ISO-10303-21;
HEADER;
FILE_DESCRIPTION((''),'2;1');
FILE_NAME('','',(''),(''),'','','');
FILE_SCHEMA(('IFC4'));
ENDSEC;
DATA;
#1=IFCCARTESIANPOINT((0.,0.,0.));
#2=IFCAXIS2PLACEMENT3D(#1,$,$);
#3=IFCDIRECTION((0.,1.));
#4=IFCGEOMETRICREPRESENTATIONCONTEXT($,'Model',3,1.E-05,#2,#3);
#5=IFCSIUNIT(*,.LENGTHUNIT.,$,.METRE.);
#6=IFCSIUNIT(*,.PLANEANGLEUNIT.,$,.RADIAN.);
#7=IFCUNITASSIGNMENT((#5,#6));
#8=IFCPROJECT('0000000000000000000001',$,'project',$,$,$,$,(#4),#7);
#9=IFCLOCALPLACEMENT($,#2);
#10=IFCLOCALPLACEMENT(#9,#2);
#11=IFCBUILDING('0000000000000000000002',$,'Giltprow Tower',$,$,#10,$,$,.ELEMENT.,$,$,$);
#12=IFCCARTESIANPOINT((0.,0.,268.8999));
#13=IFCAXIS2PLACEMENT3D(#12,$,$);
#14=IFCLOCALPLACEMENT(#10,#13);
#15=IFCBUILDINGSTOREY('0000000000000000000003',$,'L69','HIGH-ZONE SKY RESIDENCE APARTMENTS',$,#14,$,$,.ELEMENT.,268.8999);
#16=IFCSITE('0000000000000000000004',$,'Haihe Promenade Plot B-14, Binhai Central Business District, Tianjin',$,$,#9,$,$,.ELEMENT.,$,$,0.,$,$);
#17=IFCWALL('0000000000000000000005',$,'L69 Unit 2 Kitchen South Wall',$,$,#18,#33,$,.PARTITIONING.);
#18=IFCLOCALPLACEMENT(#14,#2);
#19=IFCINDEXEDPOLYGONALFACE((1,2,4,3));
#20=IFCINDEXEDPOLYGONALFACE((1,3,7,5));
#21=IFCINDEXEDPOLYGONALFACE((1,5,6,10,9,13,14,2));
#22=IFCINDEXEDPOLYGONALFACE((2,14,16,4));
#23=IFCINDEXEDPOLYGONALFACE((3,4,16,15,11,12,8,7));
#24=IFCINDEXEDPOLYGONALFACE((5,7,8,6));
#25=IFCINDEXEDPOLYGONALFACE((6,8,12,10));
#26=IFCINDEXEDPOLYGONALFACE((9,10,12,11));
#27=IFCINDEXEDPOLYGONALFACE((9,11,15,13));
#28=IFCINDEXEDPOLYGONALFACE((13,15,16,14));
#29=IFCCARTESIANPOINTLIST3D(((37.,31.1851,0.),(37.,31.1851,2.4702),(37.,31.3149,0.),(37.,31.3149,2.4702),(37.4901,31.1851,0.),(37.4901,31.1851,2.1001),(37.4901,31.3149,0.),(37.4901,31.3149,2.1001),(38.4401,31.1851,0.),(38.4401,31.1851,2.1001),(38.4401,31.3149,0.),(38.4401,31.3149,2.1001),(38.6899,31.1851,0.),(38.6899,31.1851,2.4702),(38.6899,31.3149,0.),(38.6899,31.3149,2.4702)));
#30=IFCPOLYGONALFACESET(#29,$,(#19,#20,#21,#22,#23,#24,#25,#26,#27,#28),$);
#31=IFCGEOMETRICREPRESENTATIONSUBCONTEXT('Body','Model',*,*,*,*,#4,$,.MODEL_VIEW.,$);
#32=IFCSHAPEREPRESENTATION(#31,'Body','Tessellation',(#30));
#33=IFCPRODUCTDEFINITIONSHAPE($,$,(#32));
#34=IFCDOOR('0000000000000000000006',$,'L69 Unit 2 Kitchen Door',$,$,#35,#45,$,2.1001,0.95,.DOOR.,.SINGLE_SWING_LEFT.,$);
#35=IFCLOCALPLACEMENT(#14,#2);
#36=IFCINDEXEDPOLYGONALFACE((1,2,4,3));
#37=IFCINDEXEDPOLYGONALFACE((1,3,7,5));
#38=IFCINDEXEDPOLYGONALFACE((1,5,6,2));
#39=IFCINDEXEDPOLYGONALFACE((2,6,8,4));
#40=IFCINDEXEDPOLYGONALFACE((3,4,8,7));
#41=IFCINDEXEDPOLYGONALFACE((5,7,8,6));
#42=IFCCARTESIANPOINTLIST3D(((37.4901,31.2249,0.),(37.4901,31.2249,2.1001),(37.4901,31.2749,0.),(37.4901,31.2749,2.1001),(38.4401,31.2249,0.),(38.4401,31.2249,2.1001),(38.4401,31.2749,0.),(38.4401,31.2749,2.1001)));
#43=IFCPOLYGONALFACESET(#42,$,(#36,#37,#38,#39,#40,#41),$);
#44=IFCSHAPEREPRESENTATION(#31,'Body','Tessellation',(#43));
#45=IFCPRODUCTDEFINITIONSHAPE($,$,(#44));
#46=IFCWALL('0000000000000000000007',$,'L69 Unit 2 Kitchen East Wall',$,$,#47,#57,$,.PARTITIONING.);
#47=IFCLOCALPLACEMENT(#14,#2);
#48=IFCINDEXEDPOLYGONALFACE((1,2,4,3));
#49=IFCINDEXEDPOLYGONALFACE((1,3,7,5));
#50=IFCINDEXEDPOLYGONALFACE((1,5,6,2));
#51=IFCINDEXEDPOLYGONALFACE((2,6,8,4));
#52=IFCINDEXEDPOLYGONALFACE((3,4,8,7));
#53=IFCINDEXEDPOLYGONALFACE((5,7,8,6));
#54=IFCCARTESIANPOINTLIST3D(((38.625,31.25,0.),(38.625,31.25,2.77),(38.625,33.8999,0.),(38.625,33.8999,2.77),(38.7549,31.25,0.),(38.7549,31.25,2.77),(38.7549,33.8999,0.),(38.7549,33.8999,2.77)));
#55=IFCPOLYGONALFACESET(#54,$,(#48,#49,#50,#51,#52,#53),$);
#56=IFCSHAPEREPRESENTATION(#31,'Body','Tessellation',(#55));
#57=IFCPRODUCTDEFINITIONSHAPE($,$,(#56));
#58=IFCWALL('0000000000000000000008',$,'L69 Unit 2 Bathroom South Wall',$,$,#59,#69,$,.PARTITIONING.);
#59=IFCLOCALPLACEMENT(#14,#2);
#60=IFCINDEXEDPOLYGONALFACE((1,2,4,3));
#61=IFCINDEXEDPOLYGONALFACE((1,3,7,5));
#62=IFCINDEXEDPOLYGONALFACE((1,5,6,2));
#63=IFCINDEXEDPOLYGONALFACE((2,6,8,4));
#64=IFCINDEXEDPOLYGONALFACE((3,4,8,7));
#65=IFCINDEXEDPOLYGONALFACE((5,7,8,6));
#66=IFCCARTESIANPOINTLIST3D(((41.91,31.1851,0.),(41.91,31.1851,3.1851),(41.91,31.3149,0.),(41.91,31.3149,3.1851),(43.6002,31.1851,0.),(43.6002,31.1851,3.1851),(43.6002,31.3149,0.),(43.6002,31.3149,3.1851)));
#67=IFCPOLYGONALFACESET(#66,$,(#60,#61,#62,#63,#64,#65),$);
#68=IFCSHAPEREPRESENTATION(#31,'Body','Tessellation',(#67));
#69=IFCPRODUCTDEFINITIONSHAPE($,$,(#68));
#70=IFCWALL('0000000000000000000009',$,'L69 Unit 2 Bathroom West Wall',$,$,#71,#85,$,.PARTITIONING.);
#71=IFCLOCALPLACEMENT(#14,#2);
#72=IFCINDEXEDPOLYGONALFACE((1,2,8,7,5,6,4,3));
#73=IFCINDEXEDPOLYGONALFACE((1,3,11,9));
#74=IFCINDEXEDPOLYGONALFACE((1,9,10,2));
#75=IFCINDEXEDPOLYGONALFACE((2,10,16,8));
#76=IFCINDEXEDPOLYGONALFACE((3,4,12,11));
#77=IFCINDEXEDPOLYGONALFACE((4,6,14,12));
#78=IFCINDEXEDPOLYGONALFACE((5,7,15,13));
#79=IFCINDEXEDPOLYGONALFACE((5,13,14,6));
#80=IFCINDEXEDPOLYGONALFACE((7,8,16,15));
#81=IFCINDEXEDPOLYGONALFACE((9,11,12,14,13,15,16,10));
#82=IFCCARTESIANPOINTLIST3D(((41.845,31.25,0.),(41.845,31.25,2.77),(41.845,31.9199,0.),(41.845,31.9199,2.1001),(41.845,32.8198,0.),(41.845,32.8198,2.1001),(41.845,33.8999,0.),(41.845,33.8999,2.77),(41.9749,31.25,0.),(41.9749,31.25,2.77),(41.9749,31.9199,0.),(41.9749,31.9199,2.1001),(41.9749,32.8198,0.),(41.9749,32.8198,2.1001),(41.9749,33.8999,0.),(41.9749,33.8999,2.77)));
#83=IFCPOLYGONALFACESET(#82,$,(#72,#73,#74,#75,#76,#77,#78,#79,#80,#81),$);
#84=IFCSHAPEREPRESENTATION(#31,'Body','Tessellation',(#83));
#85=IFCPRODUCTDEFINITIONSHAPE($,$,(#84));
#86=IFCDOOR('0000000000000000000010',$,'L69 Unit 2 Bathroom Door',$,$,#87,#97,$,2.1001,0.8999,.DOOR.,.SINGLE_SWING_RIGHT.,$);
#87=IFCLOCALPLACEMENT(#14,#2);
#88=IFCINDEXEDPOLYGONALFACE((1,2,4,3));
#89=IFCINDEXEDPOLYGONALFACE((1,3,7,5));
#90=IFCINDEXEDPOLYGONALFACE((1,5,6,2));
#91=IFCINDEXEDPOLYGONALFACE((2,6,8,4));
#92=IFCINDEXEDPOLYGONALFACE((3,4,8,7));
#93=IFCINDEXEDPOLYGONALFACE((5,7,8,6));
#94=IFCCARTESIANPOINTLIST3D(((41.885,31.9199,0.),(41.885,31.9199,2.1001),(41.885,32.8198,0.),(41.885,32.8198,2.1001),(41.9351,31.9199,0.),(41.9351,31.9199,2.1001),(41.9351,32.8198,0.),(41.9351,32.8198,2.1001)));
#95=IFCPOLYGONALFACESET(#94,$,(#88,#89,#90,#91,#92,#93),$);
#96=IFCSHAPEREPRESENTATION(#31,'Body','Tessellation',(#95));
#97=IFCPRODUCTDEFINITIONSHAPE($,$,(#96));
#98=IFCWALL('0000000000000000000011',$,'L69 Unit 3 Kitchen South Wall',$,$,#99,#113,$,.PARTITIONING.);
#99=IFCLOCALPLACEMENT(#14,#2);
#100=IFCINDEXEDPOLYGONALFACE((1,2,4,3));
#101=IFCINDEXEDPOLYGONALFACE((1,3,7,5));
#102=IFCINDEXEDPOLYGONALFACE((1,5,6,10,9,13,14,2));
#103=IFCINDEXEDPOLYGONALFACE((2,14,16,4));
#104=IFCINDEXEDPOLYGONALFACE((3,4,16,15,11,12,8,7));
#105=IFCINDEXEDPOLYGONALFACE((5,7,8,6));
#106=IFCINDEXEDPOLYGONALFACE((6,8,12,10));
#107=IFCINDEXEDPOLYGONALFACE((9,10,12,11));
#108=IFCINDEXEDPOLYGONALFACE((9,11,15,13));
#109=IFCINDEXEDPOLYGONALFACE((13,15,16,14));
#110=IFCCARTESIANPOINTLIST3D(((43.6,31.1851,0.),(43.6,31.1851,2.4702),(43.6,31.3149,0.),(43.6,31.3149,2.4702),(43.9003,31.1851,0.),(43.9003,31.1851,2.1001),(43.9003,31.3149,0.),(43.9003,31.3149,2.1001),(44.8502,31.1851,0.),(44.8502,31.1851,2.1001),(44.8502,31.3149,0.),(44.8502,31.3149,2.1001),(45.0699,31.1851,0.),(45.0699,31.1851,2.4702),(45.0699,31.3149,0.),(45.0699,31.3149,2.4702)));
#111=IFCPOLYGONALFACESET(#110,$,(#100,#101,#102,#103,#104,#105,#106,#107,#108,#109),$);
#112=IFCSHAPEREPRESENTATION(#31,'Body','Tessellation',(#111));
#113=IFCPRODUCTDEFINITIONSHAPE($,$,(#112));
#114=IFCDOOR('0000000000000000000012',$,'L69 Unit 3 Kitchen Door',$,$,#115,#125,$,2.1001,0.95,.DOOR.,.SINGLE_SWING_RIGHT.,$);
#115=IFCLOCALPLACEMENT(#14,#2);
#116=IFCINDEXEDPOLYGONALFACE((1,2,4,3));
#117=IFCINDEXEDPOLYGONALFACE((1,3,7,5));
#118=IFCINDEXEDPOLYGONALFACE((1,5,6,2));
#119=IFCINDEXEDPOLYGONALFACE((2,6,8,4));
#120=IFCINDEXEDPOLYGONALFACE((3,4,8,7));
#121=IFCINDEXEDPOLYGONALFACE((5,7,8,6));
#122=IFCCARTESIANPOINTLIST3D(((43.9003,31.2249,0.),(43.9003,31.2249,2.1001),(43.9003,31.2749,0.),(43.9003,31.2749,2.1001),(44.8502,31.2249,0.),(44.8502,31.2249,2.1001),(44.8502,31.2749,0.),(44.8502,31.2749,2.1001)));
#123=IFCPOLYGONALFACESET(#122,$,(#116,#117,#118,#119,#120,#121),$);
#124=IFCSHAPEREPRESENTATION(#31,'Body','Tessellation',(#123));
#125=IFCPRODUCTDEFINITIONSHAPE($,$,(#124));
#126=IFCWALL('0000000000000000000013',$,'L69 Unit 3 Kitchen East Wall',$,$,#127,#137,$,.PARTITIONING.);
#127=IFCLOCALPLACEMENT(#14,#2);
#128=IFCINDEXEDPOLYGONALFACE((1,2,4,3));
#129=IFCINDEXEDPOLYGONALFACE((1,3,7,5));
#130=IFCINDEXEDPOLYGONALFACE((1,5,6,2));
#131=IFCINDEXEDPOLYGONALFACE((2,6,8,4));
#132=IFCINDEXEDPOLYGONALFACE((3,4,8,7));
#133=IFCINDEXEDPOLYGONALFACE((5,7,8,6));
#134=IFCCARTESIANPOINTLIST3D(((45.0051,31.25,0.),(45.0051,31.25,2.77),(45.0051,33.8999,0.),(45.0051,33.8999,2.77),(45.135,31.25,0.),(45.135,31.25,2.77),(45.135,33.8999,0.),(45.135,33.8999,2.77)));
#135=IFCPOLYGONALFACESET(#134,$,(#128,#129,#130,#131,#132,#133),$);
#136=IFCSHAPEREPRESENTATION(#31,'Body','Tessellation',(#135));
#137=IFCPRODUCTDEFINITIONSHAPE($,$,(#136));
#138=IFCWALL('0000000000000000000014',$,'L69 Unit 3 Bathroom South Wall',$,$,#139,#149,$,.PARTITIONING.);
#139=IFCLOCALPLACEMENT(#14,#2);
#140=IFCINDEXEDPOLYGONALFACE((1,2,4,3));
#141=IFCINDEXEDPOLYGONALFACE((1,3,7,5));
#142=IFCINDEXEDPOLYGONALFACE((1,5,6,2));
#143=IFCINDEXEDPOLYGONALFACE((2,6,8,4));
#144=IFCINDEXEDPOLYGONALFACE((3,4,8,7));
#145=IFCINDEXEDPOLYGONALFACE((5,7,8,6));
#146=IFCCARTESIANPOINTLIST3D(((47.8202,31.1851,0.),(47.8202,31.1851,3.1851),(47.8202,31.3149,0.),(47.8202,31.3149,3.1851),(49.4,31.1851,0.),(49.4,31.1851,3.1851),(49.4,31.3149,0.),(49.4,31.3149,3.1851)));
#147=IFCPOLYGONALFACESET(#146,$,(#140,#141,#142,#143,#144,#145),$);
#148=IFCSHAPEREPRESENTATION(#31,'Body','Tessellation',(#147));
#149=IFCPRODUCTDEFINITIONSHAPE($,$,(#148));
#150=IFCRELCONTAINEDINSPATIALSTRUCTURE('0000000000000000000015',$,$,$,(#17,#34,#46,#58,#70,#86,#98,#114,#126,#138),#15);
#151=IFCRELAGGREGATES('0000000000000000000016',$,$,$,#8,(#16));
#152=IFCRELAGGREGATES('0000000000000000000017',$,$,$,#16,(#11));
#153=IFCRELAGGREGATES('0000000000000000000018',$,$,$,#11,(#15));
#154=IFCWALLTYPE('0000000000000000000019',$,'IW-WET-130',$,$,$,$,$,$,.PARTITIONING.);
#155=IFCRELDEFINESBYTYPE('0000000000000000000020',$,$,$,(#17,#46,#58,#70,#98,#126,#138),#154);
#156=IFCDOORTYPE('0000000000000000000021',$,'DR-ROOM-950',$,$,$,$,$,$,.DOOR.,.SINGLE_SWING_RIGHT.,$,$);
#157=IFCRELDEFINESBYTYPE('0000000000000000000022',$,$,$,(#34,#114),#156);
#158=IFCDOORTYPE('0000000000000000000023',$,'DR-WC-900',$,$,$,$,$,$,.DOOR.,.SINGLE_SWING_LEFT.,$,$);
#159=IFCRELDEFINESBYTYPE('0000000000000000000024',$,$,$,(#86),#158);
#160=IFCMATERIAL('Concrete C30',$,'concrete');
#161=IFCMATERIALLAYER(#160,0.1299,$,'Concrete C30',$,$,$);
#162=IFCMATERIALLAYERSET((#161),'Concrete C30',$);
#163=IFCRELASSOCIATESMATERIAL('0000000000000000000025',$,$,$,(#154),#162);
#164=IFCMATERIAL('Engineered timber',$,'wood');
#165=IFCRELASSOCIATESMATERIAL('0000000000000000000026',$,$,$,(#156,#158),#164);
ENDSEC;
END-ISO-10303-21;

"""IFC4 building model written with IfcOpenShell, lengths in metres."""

from ifc_helpers import new_model, si_unit, direction, frame, frame_2d, origin, place, context, subcontext, project, spatial, rectangle, extrude, source, transform, mapped, material, layer, layer_set, type_object, element, fill, save


model = new_model("IFC4")

# Units and contexts
model_context = context("Model", 3, precision=1e-05, world=origin(), true_north=direction((0.0, 1.0)))
body_context = subcontext(model_context, "Body", "Model", "MODEL_VIEW")
ifc_project = project(units=[si_unit("LENGTHUNIT", "METRE"), si_unit("PLANEANGLEUNIT", "RADIAN")], contexts=[model_context])

# Site, building, storey
site_placement = place(None, origin())
site = spatial("IfcSite", under=ifc_project, at=site_placement, Name="Haihe Promenade Plot B-14, Binhai Central Business District, Tianjin", CompositionType="ELEMENT", RefElevation=0.0)
building_placement = place(site_placement, origin())
building = spatial("IfcBuilding", under=site, at=building_placement, Name="Giltprow Tower", CompositionType="ELEMENT")
storey_placement = place(building_placement, frame((0.0, 0.0, 268.8999)))
storey = spatial("IfcBuildingStorey", under=building, at=storey_placement, Name="L69", Description="HIGH-ZONE SKY RESIDENCE APARTMENTS", CompositionType="ELEMENT", Elevation=268.8999)

# Wall, opening, door
ifc_material_1 = material(Name="Concrete C30", Category="concrete")
ifc_layer_1 = layer(ifc_material_1, 0.1299, Name="Concrete C30")
ifc_layer_set_1 = layer_set([ifc_layer_1], Name="Concrete C30")
wall_type_1 = type_object("IfcWallType", Name="IW-WET-130", PredefinedType="PARTITIONING", material=ifc_layer_set_1)
wall_1_placement = place(storey_placement, frame((37.0, 31.25, 0.0), z_axis=(0.0, 0.0, 1.0), x_axis=(1.0, 0.0, 0.0)))
wall_1 = element("IfcWall", 1, at=wall_1_placement, inside=storey, type_object=wall_type_1, Name="L69 Unit 2 Kitchen South Wall", PredefinedType="PARTITIONING", context=body_context, shape_type="SweptSolid", body=[
    extrude(rectangle(XDim=1.6899, YDim=0.1299, at=frame_2d((0.845, 0.0))), origin(), (0.0, 0.0, 1.0), 2.4702),
])
opening_1_placement = place(wall_1_placement, frame((0.49, 0.0, 0.0)))
opening_1 = element("IfcOpeningElement", 2, at=opening_1_placement, cuts=wall_1, PredefinedType="OPENING", context=body_context, shape_type="SweptSolid", body=[
    extrude(rectangle(XDim=0.95, YDim=2.1001, at=frame_2d((0.4751, 1.05))), frame((0.0, 0.075, 0.0), z_axis=(0.0, -1.0, 0.0), x_axis=(1.0, 0.0, 0.0)), (0.0, 0.0, 1.0), 0.1499),
])
ifc_material_2 = material(Name="Engineered timber", Category="wood")
door_type_1 = type_object("IfcDoorType", Name="DR-ROOM-950", OperationType="SINGLE_SWING_RIGHT", PredefinedType="DOOR", material=ifc_material_2)
shared_shape_1 = source(origin(), body_context, "Body", "SweptSolid", [
    extrude(rectangle(XDim=0.95, YDim=2.1001, at=frame_2d((0.4751, 1.05))), frame((0.0, 0.0249, 0.0), z_axis=(0.0, -1.0, 0.0), x_axis=(1.0, 0.0, 0.0)), (0.0, 0.0, 1.0), 0.05),
])
door_1_placement = place(opening_1_placement, origin())
door_1 = element("IfcDoor", 3, at=door_1_placement, inside=storey, type_object=door_type_1, Name="L69 Unit 2 Kitchen Door", OperationType="SINGLE_SWING_LEFT", OverallHeight=2.1001, OverallWidth=0.95, PredefinedType="DOOR", context=body_context, shape_type="MappedRepresentation", body=[
    mapped(shared_shape_1, transform((0.0, 0.0, 0.0), x_axis=(1.0, 0.0, 0.0), y_axis=(0.0, 1.0, 0.0), z_axis=(0.0, 0.0, 1.0), scale=1.0)),
])
fill(opening_1, door_1)

# Walls
wall_2_placement = place(storey_placement, frame((38.6899, 31.25, 0.0), z_axis=(0.0, 0.0, 1.0), x_axis=(0.0, 1.0, 0.0)))
element("IfcWall", 4, at=wall_2_placement, inside=storey, type_object=wall_type_1, Name="L69 Unit 2 Kitchen East Wall", PredefinedType="PARTITIONING", context=body_context, shape_type="SweptSolid", body=[
    extrude(rectangle(XDim=2.6499, YDim=0.1299, at=frame_2d((1.325, 0.0))), origin(), (0.0, 0.0, 1.0), 2.77),
])
wall_3_placement = place(storey_placement, frame((41.9099, 31.25, 0.0), z_axis=(0.0, 0.0, 1.0), x_axis=(1.0, 0.0, 0.0)))
element("IfcWall", 5, at=wall_3_placement, inside=storey, type_object=wall_type_1, Name="L69 Unit 2 Bathroom South Wall", PredefinedType="PARTITIONING", context=body_context, shape_type="SweptSolid", body=[
    extrude(rectangle(XDim=1.6902, YDim=0.1299, at=frame_2d((0.8452, 0.0))), origin(), (0.0, 0.0, 1.0), 3.1851),
])

# Walls, openings, doors
wall_4_placement = place(storey_placement, frame((41.9099, 31.25, 0.0), z_axis=(0.0, 0.0, 1.0), x_axis=(0.0, 1.0, 0.0)))
wall_4 = element("IfcWall", 6, at=wall_4_placement, inside=storey, type_object=wall_type_1, Name="L69 Unit 2 Bathroom West Wall", PredefinedType="PARTITIONING", context=body_context, shape_type="SweptSolid", body=[
    extrude(rectangle(XDim=2.6499, YDim=0.1299, at=frame_2d((1.325, 0.0))), origin(), (0.0, 0.0, 1.0), 2.77),
])
opening_2_placement = place(wall_4_placement, frame((0.6699, 0.0, 0.0)))
opening_2 = element("IfcOpeningElement", 7, at=opening_2_placement, cuts=wall_4, PredefinedType="OPENING", context=body_context, shape_type="SweptSolid", body=[
    extrude(rectangle(XDim=0.8999, YDim=2.1001, at=frame_2d((0.45, 1.05))), frame((0.0, 0.075, 0.0), z_axis=(0.0, -1.0, 0.0), x_axis=(1.0, 0.0, 0.0)), (0.0, 0.0, 1.0), 0.1499),
])
door_type_2 = type_object("IfcDoorType", Name="DR-WC-900", OperationType="SINGLE_SWING_LEFT", PredefinedType="DOOR", material=ifc_material_2)
shared_shape_2 = source(origin(), body_context, "Body", "SweptSolid", [
    extrude(rectangle(XDim=0.8999, YDim=2.1001, at=frame_2d((0.45, 1.05))), frame((0.0, 0.0249, 0.0), z_axis=(0.0, -1.0, 0.0), x_axis=(1.0, 0.0, 0.0)), (0.0, 0.0, 1.0), 0.05),
])
door_2_placement = place(opening_2_placement, origin())
door_2 = element("IfcDoor", 8, at=door_2_placement, inside=storey, type_object=door_type_2, Name="L69 Unit 2 Bathroom Door", OperationType="SINGLE_SWING_RIGHT", OverallHeight=2.1001, OverallWidth=0.8999, PredefinedType="DOOR", context=body_context, shape_type="MappedRepresentation", body=[
    mapped(shared_shape_2, transform((0.0, 0.0, 0.0), x_axis=(1.0, 0.0, 0.0), y_axis=(0.0, 1.0, 0.0), z_axis=(0.0, 0.0, 1.0), scale=1.0)),
])
fill(opening_2, door_2)
wall_5_placement = place(storey_placement, frame((43.6001, 31.25, 0.0), z_axis=(0.0, 0.0, 1.0), x_axis=(1.0, 0.0, 0.0)))
wall_5 = element("IfcWall", 9, at=wall_5_placement, inside=storey, type_object=wall_type_1, Name="L69 Unit 3 Kitchen South Wall", PredefinedType="PARTITIONING", context=body_context, shape_type="SweptSolid", body=[
    extrude(rectangle(XDim=1.47, YDim=0.1299, at=frame_2d((0.7349, 0.0))), origin(), (0.0, 0.0, 1.0), 2.4702),
])
opening_3_placement = place(wall_5_placement, frame((0.3, 0.0, 0.0)))
opening_3 = element("IfcOpeningElement", 10, at=opening_3_placement, cuts=wall_5, PredefinedType="OPENING", context=body_context, shape_type="SweptSolid", body=[
    extrude(rectangle(XDim=0.95, YDim=2.1001, at=frame_2d((0.4751, 1.05))), frame((0.0, 0.075, 0.0), z_axis=(0.0, -1.0, 0.0), x_axis=(1.0, 0.0, 0.0)), (0.0, 0.0, 1.0), 0.1499),
])
door_3_placement = place(opening_3_placement, origin())
door_3 = element("IfcDoor", 11, at=door_3_placement, inside=storey, type_object=door_type_1, Name="L69 Unit 3 Kitchen Door", OperationType="SINGLE_SWING_RIGHT", OverallHeight=2.1001, OverallWidth=0.95, PredefinedType="DOOR", context=body_context, shape_type="MappedRepresentation", body=[
    mapped(shared_shape_1, transform((0.0, 0.0, 0.0), x_axis=(1.0, 0.0, 0.0), y_axis=(0.0, 1.0, 0.0), z_axis=(0.0, 0.0, 1.0), scale=1.0)),
])
fill(opening_3, door_3)

# Walls
wall_6_placement = place(storey_placement, frame((45.0701, 31.25, 0.0), z_axis=(0.0, 0.0, 1.0), x_axis=(0.0, 1.0, 0.0)))
element("IfcWall", 12, at=wall_6_placement, inside=storey, type_object=wall_type_1, Name="L69 Unit 3 Kitchen East Wall", PredefinedType="PARTITIONING", context=body_context, shape_type="SweptSolid", body=[
    extrude(rectangle(XDim=2.6499, YDim=0.1299, at=frame_2d((1.325, 0.0))), origin(), (0.0, 0.0, 1.0), 2.77),
])
wall_7_placement = place(storey_placement, frame((47.8201, 31.25, 0.0), z_axis=(0.0, 0.0, 1.0), x_axis=(1.0, 0.0, 0.0)))
element("IfcWall", 13, at=wall_7_placement, inside=storey, type_object=wall_type_1, Name="L69 Unit 3 Bathroom South Wall", PredefinedType="PARTITIONING", context=body_context, shape_type="SweptSolid", body=[
    extrude(rectangle(XDim=1.5798, YDim=0.1299, at=frame_2d((0.79, 0.0))), origin(), (0.0, 0.0, 1.0), 3.1851),
])

save(model, "model.ifc")
